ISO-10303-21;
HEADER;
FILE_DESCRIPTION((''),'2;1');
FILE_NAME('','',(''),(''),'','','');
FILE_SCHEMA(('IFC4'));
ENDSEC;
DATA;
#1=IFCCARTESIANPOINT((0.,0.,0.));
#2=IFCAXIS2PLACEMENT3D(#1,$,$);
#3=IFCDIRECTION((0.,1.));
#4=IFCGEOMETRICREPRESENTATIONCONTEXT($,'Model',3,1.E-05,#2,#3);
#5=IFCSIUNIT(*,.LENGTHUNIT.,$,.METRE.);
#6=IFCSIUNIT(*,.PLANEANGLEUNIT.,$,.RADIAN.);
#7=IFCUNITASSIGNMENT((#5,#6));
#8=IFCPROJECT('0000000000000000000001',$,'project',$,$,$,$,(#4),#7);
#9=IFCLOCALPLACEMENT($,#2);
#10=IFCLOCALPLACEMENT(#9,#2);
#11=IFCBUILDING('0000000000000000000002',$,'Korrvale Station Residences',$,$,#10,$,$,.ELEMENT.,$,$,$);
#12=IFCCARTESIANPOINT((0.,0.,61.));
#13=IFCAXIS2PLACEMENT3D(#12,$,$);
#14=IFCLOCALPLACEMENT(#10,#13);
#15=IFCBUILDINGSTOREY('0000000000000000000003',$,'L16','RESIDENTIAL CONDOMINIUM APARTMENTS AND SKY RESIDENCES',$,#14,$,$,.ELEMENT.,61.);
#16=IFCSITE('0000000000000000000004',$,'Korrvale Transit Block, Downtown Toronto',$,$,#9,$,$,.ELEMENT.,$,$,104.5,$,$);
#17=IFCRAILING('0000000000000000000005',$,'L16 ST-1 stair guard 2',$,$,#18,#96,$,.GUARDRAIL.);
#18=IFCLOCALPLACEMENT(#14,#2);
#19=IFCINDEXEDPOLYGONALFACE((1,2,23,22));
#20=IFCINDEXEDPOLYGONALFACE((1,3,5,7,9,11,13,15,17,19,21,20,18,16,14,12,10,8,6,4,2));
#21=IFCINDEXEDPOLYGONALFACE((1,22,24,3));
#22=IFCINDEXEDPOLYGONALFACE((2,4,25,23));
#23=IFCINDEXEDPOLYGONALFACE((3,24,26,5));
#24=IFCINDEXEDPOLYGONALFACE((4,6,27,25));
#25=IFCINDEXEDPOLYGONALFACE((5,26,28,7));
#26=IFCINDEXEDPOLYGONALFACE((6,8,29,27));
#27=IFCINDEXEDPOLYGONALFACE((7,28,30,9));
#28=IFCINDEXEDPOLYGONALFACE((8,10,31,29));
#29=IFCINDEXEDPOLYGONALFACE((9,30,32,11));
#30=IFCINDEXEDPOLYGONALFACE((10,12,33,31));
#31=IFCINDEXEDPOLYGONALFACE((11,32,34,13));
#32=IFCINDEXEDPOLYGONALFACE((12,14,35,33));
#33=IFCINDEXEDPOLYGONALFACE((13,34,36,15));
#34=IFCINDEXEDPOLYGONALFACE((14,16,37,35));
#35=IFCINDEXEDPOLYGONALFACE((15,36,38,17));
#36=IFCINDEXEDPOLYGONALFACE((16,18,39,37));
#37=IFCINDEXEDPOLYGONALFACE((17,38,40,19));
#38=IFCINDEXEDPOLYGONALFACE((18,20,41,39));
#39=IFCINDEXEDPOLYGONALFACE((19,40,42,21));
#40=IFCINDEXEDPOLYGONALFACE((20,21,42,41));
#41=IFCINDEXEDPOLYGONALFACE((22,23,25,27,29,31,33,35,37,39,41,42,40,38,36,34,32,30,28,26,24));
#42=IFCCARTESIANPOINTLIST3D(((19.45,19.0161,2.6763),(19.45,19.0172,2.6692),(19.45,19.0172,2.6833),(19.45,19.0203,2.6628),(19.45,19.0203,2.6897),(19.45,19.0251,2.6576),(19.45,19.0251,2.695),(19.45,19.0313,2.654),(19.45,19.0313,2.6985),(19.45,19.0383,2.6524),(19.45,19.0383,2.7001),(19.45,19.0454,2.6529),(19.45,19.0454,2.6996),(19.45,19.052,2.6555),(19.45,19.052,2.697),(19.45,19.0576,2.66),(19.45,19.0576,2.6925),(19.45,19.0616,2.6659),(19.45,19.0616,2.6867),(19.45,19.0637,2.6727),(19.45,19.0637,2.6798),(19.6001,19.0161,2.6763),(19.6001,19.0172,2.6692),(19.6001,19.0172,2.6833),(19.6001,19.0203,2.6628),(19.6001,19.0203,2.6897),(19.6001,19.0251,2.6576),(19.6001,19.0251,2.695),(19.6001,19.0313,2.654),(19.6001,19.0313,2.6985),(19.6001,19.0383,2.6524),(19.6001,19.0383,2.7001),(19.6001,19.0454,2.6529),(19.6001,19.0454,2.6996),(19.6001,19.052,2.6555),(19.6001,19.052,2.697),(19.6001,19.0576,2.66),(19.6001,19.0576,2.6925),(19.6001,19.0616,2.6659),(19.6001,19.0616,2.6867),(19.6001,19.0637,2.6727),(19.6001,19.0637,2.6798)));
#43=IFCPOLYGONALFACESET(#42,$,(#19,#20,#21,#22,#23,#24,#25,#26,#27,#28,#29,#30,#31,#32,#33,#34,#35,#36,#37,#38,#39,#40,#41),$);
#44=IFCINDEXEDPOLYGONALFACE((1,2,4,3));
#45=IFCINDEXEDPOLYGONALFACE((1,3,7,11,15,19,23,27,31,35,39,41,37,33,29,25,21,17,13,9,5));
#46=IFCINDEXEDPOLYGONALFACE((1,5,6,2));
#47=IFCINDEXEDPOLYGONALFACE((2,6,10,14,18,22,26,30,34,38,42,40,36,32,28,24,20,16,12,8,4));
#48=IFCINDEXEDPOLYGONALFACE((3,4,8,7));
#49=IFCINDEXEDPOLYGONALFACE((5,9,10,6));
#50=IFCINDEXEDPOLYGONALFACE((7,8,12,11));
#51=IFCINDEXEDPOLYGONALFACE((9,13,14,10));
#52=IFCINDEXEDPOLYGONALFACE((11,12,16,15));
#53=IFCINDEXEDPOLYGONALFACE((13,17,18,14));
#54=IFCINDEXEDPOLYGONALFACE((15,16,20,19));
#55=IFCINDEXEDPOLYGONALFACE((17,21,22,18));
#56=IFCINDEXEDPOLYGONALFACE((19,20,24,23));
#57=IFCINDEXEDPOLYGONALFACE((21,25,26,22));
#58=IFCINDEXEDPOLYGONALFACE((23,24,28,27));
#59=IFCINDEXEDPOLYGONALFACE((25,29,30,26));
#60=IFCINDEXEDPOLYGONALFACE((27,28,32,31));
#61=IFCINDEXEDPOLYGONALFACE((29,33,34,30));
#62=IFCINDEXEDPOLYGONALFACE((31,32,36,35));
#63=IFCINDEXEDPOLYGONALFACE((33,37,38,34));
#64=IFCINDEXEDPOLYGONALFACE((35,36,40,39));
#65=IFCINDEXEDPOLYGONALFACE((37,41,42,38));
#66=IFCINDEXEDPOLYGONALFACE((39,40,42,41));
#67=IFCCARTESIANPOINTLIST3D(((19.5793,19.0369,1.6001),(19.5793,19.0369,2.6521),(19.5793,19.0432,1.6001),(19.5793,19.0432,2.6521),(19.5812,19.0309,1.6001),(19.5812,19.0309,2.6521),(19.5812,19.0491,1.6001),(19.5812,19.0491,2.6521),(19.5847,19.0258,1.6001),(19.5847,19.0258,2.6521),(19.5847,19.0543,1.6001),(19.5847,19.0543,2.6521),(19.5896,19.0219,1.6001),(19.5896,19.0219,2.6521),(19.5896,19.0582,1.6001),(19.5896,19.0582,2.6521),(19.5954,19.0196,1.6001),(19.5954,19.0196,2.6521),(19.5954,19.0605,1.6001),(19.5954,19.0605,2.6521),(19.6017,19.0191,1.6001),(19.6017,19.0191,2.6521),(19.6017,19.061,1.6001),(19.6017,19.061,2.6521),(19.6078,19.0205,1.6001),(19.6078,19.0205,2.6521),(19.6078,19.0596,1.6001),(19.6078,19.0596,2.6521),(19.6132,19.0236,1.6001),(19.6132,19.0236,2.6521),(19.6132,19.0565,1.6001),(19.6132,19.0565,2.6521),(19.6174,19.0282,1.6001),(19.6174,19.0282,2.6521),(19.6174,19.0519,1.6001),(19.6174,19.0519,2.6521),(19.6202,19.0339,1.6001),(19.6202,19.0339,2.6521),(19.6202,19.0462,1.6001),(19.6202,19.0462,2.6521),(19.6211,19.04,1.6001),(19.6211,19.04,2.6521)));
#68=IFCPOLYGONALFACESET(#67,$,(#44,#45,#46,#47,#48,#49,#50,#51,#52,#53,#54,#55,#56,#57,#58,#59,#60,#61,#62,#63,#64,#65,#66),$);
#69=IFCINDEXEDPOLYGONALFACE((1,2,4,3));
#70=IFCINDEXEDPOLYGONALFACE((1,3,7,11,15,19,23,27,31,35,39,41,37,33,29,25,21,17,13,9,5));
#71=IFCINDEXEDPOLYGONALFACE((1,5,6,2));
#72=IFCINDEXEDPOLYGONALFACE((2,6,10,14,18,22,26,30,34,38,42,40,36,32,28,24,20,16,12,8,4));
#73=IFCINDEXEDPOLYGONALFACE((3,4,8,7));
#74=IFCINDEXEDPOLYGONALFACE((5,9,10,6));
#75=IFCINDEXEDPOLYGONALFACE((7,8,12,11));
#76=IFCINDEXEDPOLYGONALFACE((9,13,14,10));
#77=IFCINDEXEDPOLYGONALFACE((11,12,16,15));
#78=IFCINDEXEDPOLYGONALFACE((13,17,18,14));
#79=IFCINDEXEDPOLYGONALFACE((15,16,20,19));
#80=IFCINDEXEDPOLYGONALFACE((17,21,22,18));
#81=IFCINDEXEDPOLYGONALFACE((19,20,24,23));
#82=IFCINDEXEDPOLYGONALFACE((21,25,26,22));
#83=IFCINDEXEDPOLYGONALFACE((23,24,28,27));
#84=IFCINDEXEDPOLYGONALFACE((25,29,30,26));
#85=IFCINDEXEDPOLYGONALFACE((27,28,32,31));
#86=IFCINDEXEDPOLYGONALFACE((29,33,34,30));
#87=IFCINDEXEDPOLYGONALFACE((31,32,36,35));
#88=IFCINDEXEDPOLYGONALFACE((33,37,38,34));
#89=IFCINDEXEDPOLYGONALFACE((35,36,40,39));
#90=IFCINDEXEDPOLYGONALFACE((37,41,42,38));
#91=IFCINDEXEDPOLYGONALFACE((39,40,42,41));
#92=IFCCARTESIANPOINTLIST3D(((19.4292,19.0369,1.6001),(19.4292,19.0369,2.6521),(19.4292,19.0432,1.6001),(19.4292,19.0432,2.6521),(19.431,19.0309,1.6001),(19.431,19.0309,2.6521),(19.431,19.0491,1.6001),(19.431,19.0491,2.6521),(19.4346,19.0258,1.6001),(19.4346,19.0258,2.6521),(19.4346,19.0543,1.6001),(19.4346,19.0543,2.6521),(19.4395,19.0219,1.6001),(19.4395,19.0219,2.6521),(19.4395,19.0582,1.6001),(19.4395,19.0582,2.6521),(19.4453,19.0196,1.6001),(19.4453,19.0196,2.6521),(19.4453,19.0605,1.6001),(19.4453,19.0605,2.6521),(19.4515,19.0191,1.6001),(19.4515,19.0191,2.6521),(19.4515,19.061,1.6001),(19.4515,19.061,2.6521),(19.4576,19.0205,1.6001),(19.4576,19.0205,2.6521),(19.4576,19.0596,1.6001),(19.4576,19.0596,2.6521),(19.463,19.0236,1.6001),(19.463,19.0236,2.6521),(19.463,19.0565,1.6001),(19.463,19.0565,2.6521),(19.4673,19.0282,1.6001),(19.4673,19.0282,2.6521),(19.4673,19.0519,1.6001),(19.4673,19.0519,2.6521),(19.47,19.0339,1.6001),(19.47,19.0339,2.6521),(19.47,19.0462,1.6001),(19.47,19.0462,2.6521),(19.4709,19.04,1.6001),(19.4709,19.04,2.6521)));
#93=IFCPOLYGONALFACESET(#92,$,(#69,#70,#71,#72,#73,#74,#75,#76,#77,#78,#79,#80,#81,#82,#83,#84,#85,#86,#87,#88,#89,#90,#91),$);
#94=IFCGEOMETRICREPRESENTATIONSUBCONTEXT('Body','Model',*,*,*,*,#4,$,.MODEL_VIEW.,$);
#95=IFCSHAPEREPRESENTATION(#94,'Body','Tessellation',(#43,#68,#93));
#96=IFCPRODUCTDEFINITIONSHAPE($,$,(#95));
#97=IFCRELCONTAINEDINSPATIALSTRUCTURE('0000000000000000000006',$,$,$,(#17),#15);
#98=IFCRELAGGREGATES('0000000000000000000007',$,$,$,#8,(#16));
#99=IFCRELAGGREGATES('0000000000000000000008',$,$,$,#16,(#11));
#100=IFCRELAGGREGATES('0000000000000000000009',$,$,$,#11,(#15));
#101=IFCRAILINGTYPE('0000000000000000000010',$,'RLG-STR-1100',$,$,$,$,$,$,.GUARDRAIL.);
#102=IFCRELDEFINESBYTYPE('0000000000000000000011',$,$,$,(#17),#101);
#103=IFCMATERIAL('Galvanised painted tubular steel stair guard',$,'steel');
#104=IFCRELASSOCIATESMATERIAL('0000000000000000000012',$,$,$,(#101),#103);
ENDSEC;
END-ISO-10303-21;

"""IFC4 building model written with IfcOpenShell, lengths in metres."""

from ifc_helpers import new_model, si_unit, direction, frame, origin, origin_2d, place, context, subcontext, project, spatial, circle, extrude, material, type_object, element, save


model = new_model("IFC4")

# Units and contexts
model_context = context("Model", 3, precision=1e-05, world=origin(), true_north=direction((0.0, 1.0)))
body_context = subcontext(model_context, "Body", "Model", "MODEL_VIEW")
ifc_project = project(units=[si_unit("LENGTHUNIT", "METRE"), si_unit("PLANEANGLEUNIT", "RADIAN")], contexts=[model_context])

# Site, building, storey
site_placement = place(None, origin())
site = spatial("IfcSite", under=ifc_project, at=site_placement, Name="Korrvale Transit Block, Downtown Toronto", CompositionType="ELEMENT", RefElevation=104.5)
building_placement = place(site_placement, origin())
building = spatial("IfcBuilding", under=site, at=building_placement, Name="Korrvale Station Residences", CompositionType="ELEMENT")
storey_placement = place(building_placement, frame((0.0, 0.0, 61.0)))
storey = spatial("IfcBuildingStorey", under=building, at=storey_placement, Name="L16", Description="RESIDENTIAL CONDOMINIUM APARTMENTS AND SKY RESIDENCES", CompositionType="ELEMENT", Elevation=61.0)

# Railing
ifc_material_1 = material(Name="Galvanised painted tubular steel stair guard", Category="steel")
railing_type_1 = type_object("IfcRailingType", Name="RLG-STR-1100", PredefinedType="GUARDRAIL", material=ifc_material_1)
railing_1_placement = place(storey_placement, frame((19.6001, 19.04, 1.6001)))
element("IfcRailing", 1, at=railing_1_placement, inside=storey, type_object=railing_type_1, Name="L16 ST-1 stair guard 2", PredefinedType="GUARDRAIL", context=body_context, shape_type="SweptSolid", body=[
    extrude(circle(Radius=0.0239, at=origin_2d()), frame((0.0, 0.0, 1.0762), z_axis=(-1.0, 0.0, 0.0), x_axis=(0.0, -1.0, 0.0)), (0.0, 0.0, 1.0), 0.1501),
    extrude(circle(Radius=0.021, at=origin_2d()), origin(), (0.0, 0.0, 1.0), 1.052),
    extrude(circle(Radius=0.021, at=origin_2d()), frame((-0.1501, 0.0, 0.0)), (0.0, 0.0, 1.0), 1.052),
])

save(model, "model.ifc")
